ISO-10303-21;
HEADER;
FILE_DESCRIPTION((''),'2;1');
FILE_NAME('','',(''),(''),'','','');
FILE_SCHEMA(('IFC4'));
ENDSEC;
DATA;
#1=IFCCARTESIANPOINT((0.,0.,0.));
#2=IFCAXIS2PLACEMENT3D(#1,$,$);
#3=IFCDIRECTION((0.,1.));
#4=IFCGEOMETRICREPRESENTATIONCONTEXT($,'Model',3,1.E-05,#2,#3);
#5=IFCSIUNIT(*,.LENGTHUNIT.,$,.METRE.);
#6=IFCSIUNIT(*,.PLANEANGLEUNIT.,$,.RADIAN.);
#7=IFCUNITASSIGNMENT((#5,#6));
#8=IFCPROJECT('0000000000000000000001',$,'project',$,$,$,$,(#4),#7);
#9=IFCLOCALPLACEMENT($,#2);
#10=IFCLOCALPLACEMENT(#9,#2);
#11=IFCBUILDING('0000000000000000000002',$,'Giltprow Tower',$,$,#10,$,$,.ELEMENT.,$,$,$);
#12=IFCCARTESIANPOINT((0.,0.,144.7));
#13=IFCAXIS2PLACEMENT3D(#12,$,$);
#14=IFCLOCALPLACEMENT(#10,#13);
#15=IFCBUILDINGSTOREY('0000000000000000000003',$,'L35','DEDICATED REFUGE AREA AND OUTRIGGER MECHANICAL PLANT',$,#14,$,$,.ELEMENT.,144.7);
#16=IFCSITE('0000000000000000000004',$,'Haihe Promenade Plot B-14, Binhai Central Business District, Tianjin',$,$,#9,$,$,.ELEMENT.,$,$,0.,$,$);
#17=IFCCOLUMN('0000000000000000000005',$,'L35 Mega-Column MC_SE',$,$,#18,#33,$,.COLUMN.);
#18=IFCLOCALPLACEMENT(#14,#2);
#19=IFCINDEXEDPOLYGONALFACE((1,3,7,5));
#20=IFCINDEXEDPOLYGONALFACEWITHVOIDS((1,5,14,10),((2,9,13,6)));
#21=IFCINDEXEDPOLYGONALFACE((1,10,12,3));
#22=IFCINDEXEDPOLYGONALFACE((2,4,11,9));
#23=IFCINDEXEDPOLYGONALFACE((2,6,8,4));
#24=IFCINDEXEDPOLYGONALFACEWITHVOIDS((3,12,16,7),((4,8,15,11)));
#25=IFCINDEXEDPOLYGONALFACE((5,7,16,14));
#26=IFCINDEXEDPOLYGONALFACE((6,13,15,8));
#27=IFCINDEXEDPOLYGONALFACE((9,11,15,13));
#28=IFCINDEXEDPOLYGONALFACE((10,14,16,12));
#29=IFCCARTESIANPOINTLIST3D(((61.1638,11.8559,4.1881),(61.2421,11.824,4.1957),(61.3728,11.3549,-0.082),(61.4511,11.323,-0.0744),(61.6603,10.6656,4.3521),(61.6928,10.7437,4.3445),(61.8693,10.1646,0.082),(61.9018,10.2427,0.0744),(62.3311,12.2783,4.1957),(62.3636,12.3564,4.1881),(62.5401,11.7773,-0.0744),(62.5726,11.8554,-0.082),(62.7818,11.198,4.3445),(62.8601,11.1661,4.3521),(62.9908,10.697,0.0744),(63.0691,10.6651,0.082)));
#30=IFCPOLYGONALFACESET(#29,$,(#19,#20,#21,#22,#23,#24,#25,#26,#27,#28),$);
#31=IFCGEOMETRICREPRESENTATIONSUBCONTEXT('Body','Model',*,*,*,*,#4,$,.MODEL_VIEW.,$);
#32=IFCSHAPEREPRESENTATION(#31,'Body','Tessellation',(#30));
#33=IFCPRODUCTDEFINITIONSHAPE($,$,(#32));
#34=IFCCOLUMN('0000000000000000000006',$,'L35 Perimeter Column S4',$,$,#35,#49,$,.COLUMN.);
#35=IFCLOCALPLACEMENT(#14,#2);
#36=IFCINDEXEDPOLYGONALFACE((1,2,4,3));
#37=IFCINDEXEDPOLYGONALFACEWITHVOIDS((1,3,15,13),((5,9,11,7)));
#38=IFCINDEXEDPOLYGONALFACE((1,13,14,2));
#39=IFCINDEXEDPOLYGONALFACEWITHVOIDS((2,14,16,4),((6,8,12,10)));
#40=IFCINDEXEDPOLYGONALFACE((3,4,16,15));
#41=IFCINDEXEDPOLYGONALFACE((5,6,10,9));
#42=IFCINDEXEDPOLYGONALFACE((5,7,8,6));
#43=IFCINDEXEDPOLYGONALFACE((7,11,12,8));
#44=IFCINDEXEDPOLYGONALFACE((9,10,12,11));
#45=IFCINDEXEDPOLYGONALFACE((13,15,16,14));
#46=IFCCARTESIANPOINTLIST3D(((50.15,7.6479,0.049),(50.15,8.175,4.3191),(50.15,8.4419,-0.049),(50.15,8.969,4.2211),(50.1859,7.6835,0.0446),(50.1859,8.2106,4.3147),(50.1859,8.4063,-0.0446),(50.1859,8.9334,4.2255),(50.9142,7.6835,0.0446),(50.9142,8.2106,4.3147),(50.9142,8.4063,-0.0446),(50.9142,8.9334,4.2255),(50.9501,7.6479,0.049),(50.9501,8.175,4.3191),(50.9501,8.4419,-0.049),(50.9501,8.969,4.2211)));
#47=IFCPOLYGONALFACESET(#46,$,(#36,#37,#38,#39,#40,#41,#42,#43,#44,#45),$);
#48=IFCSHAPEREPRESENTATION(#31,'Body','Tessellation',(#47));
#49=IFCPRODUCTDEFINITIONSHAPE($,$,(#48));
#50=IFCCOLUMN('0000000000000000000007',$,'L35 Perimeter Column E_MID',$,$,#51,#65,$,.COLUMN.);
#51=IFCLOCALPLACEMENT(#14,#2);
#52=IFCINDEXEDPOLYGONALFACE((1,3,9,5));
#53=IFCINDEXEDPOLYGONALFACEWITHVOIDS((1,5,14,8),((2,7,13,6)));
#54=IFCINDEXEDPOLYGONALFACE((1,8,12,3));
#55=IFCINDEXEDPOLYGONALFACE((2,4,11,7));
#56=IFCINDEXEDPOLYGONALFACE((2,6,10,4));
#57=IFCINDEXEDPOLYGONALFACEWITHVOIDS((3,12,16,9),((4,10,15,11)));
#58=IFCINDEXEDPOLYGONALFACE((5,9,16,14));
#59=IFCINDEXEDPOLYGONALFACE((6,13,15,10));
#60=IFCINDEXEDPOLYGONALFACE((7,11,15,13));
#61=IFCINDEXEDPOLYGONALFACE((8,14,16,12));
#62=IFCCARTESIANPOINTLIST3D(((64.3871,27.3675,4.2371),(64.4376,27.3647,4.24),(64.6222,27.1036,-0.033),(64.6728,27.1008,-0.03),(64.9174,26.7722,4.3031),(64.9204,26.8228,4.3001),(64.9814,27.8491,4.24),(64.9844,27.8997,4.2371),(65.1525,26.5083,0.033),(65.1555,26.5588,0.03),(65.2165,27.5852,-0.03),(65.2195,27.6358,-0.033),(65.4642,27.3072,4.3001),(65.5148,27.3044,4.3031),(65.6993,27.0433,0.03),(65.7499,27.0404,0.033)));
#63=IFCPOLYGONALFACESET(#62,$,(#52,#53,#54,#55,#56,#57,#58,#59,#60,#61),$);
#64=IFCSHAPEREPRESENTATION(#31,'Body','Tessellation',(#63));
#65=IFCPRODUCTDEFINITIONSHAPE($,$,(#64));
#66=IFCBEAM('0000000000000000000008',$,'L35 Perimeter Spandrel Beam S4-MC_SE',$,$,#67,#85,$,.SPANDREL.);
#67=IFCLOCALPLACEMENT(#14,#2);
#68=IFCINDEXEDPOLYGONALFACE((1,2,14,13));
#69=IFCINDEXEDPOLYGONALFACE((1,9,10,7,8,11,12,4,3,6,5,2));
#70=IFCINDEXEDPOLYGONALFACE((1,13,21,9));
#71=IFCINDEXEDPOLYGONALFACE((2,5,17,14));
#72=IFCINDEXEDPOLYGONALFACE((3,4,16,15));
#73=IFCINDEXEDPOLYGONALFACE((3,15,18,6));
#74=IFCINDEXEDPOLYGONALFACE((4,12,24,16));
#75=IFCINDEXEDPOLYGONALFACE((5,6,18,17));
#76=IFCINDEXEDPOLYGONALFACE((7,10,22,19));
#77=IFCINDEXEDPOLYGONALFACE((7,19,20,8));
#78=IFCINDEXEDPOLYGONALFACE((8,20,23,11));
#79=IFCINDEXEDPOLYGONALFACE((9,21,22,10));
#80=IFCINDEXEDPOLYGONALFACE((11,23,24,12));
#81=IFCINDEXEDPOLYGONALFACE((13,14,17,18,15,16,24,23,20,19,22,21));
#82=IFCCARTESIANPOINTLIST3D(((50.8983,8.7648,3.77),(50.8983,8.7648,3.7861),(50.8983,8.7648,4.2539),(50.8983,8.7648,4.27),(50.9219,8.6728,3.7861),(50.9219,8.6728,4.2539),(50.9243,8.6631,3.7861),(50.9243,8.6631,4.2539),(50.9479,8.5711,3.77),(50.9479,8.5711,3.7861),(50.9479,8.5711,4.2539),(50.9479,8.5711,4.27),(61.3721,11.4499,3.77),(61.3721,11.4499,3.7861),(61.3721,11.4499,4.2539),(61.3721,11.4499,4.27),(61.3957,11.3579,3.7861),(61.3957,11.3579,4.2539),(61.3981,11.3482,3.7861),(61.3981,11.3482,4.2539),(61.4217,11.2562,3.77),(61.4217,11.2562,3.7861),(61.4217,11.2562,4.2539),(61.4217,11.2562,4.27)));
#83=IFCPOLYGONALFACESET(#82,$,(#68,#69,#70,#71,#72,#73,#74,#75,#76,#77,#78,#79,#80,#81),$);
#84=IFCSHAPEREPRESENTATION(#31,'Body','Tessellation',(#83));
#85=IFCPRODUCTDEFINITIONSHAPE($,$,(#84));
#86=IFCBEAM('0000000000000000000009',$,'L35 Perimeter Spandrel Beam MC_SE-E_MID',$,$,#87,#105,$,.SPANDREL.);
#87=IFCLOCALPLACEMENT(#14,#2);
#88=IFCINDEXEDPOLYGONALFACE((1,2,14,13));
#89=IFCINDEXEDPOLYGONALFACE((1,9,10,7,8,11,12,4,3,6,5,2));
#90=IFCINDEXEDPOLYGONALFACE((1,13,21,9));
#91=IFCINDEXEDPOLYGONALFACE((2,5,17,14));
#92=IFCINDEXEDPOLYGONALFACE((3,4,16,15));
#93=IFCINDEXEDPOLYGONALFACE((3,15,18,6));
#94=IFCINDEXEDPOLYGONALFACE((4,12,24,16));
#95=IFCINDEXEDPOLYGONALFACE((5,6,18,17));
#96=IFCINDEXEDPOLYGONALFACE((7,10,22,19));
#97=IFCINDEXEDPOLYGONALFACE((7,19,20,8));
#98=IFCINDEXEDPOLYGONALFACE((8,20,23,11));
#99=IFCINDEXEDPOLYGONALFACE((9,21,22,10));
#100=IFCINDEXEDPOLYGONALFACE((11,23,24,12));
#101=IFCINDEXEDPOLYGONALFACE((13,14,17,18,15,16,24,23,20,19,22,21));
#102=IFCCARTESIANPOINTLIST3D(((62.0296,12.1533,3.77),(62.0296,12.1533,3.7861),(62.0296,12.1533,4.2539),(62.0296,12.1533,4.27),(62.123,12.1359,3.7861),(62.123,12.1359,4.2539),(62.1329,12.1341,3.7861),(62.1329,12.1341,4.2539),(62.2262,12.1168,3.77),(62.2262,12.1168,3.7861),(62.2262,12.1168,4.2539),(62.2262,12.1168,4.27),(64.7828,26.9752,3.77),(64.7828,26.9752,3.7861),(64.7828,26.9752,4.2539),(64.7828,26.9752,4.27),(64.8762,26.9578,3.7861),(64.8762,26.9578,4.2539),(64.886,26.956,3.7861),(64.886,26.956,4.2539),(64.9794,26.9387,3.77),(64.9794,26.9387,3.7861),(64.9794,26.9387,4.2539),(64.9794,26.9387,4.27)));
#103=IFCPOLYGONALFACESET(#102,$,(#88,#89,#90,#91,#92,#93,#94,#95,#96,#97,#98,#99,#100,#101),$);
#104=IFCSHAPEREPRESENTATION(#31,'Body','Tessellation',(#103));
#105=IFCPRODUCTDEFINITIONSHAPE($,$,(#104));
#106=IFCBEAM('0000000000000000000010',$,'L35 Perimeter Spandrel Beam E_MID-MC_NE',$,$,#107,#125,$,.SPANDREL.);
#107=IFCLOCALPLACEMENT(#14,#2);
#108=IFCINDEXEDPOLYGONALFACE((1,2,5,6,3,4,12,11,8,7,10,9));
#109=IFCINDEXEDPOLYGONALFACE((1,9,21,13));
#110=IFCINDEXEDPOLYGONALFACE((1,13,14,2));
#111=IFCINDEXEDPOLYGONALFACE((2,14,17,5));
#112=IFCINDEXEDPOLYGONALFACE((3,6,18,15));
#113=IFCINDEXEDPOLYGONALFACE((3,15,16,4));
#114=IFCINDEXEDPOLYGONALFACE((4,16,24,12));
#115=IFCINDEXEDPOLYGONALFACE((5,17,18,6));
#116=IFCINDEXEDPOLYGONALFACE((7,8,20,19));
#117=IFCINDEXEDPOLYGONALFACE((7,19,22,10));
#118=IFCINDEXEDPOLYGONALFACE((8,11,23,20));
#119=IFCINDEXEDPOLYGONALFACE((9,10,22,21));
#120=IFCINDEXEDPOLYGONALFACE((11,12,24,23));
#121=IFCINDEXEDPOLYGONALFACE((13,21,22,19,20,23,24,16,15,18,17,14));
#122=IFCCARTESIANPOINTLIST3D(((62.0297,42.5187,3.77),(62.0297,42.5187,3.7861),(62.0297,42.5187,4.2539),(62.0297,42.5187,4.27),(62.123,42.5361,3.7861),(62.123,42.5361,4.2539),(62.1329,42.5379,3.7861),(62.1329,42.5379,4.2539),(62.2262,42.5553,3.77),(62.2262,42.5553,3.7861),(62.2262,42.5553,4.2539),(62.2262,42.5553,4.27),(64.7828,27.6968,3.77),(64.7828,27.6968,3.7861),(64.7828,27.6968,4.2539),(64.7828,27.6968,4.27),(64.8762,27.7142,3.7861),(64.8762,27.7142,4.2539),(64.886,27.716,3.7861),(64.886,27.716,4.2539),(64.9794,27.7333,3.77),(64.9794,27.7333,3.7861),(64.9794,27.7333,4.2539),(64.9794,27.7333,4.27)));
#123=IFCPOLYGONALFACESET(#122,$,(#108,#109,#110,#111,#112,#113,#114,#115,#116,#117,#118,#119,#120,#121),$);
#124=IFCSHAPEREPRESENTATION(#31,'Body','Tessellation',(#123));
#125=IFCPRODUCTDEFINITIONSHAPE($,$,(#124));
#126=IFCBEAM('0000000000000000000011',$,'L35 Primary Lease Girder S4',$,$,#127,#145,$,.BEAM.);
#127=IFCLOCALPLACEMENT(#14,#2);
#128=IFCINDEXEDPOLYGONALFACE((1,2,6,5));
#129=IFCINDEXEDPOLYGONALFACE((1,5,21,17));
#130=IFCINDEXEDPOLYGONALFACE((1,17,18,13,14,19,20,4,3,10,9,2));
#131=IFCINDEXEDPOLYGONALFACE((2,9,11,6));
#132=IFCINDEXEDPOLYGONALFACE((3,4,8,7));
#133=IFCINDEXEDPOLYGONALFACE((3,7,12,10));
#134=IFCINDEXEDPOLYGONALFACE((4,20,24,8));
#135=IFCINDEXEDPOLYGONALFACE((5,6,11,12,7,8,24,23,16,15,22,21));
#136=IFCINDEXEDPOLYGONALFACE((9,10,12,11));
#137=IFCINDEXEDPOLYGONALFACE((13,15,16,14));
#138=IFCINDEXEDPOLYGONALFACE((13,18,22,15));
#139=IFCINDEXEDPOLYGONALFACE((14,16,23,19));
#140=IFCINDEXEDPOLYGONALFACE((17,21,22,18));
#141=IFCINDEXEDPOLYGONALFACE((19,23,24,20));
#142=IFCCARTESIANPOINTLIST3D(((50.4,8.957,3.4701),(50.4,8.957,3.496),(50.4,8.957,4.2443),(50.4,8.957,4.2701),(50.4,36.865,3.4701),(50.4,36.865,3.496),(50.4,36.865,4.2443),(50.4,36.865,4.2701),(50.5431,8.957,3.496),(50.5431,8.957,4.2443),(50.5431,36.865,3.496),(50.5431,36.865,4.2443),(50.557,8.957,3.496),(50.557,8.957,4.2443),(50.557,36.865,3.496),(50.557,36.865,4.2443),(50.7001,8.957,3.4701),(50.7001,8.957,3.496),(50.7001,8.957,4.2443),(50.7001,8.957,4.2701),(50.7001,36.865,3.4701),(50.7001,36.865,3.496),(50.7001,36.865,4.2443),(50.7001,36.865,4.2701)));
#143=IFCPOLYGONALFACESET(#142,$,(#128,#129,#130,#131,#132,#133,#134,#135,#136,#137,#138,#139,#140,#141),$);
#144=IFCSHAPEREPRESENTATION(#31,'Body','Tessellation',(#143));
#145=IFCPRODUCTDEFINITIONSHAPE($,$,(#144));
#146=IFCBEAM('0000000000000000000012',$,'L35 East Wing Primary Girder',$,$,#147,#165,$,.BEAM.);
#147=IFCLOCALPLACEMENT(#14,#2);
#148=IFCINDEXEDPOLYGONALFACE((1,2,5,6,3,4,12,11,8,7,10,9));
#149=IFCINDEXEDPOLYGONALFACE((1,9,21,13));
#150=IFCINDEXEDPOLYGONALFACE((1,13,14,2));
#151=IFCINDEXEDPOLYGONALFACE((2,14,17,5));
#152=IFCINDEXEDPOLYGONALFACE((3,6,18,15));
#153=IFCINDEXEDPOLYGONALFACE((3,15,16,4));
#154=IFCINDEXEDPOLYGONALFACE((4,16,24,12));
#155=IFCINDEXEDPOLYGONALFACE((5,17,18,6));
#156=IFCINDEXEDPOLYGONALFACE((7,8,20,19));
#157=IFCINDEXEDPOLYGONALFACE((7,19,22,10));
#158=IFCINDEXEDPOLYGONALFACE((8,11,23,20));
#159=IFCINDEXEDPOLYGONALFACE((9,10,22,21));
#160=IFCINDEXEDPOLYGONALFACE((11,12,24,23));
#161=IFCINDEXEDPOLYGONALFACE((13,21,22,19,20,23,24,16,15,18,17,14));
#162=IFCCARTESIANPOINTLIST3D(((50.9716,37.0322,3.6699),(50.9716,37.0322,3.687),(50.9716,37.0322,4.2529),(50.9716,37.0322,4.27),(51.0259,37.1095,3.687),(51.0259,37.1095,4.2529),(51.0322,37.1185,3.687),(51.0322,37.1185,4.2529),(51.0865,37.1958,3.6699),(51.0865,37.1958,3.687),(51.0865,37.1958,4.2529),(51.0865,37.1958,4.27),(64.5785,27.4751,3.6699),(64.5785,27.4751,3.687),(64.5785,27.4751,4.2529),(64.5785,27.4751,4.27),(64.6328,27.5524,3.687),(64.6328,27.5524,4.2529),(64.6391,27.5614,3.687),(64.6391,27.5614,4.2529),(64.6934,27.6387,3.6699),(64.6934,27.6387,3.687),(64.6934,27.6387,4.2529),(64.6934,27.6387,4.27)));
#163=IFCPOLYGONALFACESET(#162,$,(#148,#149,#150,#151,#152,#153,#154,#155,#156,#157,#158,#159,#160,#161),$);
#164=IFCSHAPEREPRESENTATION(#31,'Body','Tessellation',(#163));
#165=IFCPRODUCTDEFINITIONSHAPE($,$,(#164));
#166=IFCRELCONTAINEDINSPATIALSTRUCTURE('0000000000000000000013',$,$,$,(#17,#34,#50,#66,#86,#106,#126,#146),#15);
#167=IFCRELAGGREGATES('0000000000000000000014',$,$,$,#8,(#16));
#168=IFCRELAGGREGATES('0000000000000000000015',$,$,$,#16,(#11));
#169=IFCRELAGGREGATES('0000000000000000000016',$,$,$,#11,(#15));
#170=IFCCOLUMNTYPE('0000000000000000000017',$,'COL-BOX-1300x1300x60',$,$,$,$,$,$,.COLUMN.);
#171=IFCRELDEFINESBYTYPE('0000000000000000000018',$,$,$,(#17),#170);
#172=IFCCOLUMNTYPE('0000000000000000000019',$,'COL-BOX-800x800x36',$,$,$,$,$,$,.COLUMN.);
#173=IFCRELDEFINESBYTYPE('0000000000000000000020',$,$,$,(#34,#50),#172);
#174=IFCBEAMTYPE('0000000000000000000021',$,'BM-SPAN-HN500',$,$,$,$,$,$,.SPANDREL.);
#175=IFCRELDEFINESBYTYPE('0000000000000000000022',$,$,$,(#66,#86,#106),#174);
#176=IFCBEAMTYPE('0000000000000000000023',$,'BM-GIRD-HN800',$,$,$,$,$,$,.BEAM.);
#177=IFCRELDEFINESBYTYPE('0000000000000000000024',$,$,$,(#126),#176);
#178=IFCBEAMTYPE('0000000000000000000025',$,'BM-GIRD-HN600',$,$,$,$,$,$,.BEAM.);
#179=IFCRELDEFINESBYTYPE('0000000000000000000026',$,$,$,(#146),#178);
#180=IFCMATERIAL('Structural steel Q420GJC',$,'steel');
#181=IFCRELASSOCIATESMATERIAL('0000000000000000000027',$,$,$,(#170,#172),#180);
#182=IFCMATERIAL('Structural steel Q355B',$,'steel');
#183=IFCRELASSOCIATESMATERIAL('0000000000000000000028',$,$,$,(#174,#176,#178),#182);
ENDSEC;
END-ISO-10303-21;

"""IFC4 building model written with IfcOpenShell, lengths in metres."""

from ifc_helpers import new_model, si_unit, direction, frame, origin, origin_2d, place, context, subcontext, project, spatial, hollow_rectangle, i_section, extrude, source, transform, mapped, material, material_profile, profile_set, type_object, element, save


model = new_model("IFC4")

# Units and contexts
model_context = context("Model", 3, precision=1e-05, world=origin(), true_north=direction((0.0, 1.0)))
body_context = subcontext(model_context, "Body", "Model", "MODEL_VIEW")
ifc_project = project(units=[si_unit("LENGTHUNIT", "METRE"), si_unit("PLANEANGLEUNIT", "RADIAN")], contexts=[model_context])

# Site, building, storey
site_placement = place(None, origin())
site = spatial("IfcSite", under=ifc_project, at=site_placement, Name="Haihe Promenade Plot B-14, Binhai Central Business District, Tianjin", CompositionType="ELEMENT", RefElevation=0.0)
building_placement = place(site_placement, origin())
building = spatial("IfcBuilding", under=site, at=building_placement, Name="Giltprow Tower", CompositionType="ELEMENT")
storey_placement = place(building_placement, frame((0.0, 0.0, 144.7)))
storey = spatial("IfcBuildingStorey", under=building, at=storey_placement, Name="L35", Description="DEDICATED REFUGE AREA AND OUTRIGGER MECHANICAL PLANT", CompositionType="ELEMENT", Elevation=144.7)

# Columns
ifc_material_1 = material(Name="Structural steel Q420GJC", Category="steel")
ifc_material_profile_1 = material_profile(ifc_material_1, hollow_rectangle(XDim=1.3, YDim=1.3, WallThickness=0.0601, at=origin_2d()), Name="BOX 1300x1300x60")
ifc_profile_set_1 = profile_set([ifc_material_profile_1], Name="Structural steel Q420GJC")
column_type_1 = type_object("IfcColumnType", Name="COL-BOX-1300x1300x60", PredefinedType="COLUMN", material=ifc_profile_set_1)
shared_shape_1 = source(origin(), body_context, "Body", "SweptSolid", [
    extrude(hollow_rectangle(XDim=1.3, YDim=1.3, WallThickness=0.0601, at=origin_2d()), origin(), (0.0, 0.0, 1.0), 4.3044),
])
column_1_placement = place(storey_placement, frame((62.2209, 11.01, 0.0), z_axis=(-0.048552, 0.116388, 0.992016), x_axis=(-0.922917, -0.384999, 0.0)))
element("IfcColumn", 1, at=column_1_placement, inside=storey, type_object=column_type_1, Name="L35 Mega-Column MC_SE", PredefinedType="COLUMN", context=body_context, shape_type="MappedRepresentation", body=[
    mapped(shared_shape_1, transform((0.0, 0.0, 0.0), x_axis=(1.0, 0.0, 0.0), y_axis=(0.0, 1.0, 0.0), z_axis=(0.0, 0.0, 1.0), scale=1.0)),
])
ifc_material_profile_2 = material_profile(ifc_material_1, hollow_rectangle(XDim=0.8, YDim=0.8, WallThickness=0.0359, at=origin_2d()), Name="BOX 800x800x36")
ifc_profile_set_2 = profile_set([ifc_material_profile_2], Name="Structural steel Q420GJC")
column_type_2 = type_object("IfcColumnType", Name="COL-BOX-800x800x36", PredefinedType="COLUMN", material=ifc_profile_set_2)
shared_shape_2 = source(origin(), body_context, "Body", "SweptSolid", [
    extrude(hollow_rectangle(XDim=0.8, YDim=0.8, WallThickness=0.0359, at=origin_2d()), origin(), (0.0, 0.0, 1.0), 4.3025),
])
column_2_placement = place(storey_placement, frame((50.55, 8.0449, 0.0), z_axis=(0.0, 0.122512, 0.992467), x_axis=(-1.0, 0.0, 0.0)))
element("IfcColumn", 2, at=column_2_placement, inside=storey, type_object=column_type_2, Name="L35 Perimeter Column S4", PredefinedType="COLUMN", context=body_context, shape_type="MappedRepresentation", body=[
    mapped(shared_shape_2, transform((0.0, 0.0, 0.0), x_axis=(1.0, 0.0, 0.0), y_axis=(0.0, 1.0, 0.0), z_axis=(0.0, 0.0, 1.0), scale=1.0)),
])
shared_shape_3 = source(origin(), body_context, "Body", "SweptSolid", [
    extrude(hollow_rectangle(XDim=0.8, YDim=0.8, WallThickness=0.0359, at=origin_2d()), origin(), (0.0, 0.0, 1.0), 4.2847),
])
column_3_placement = place(storey_placement, frame((65.186, 27.072, 0.0), z_axis=(-0.054872, 0.061596, 0.996592), x_axis=(-0.746685, -0.665178, 0.0)))
element("IfcColumn", 3, at=column_3_placement, inside=storey, type_object=column_type_2, Name="L35 Perimeter Column E_MID", PredefinedType="COLUMN", context=body_context, shape_type="MappedRepresentation", body=[
    mapped(shared_shape_3, transform((0.0, 0.0, 0.0), x_axis=(1.0, 0.0, 0.0), y_axis=(0.0, 1.0, 0.0), z_axis=(0.0, 0.0, 1.0), scale=1.0)),
])

# Beams
ifc_material_2 = material(Name="Structural steel Q355B", Category="steel")
ifc_material_profile_3 = material_profile(ifc_material_2, i_section(OverallWidth=0.2, OverallDepth=0.5, WebThickness=0.01, FlangeThickness=0.0161, at=origin_2d()), Name="HN 500x200x10x16")
ifc_profile_set_3 = profile_set([ifc_material_profile_3], Name="Structural steel Q355B")
beam_type_1 = type_object("IfcBeamType", Name="BM-SPAN-HN500", PredefinedType="SPANDREL", material=ifc_profile_set_3)
shared_shape_4 = source(origin(), body_context, "Body", "SweptSolid", [
    extrude(i_section(OverallWidth=0.2, OverallDepth=0.5, WebThickness=0.01, FlangeThickness=0.0161, at=origin_2d()), origin(), (0.0, 0.0, 1.0), 10.8125),
])
beam_1_placement = place(storey_placement, frame((50.9231, 8.668, 4.02), z_axis=(0.968676, 0.248328, 0.0), x_axis=(-0.248328, 0.968676, 0.0)))
element("IfcBeam", 4, at=beam_1_placement, inside=storey, type_object=beam_type_1, Name="L35 Perimeter Spandrel Beam S4-MC_SE", PredefinedType="SPANDREL", context=body_context, shape_type="MappedRepresentation", body=[
    mapped(shared_shape_4, transform((0.0, 0.0, 0.0), x_axis=(1.0, 0.0, 0.0), y_axis=(0.0, 1.0, 0.0), z_axis=(0.0, 0.0, 1.0), scale=1.0)),
])
shared_shape_5 = source(origin(), body_context, "Body", "SweptSolid", [
    extrude(i_section(OverallWidth=0.2, OverallDepth=0.5, WebThickness=0.01, FlangeThickness=0.0161, at=origin_2d()), origin(), (0.0, 0.0, 1.0), 15.0754),
])
for number, where, z_axis, x_axis, name in (
    (5, (62.1279, 12.135, 4.02), (0.182625, 0.983183, 0.0), (-0.983183, 0.182625, 0.0), "L35 Perimeter Spandrel Beam MC_SE-E_MID"),
    (6, (64.8811, 27.7151, 4.02), (-0.182625, 0.983183, 0.0), (-0.983183, -0.182625, 0.0), "L35 Perimeter Spandrel Beam E_MID-MC_NE"),
):
    element("IfcBeam", number, at=place(storey_placement, frame(where, z_axis=z_axis, x_axis=x_axis)), inside=storey, type_object=beam_type_1, Name=name, PredefinedType="SPANDREL", context=body_context, shape_type="MappedRepresentation", body=[
        mapped(shared_shape_5, transform((0.0, 0.0, 0.0), x_axis=(1.0, 0.0, 0.0), y_axis=(0.0, 1.0, 0.0), z_axis=(0.0, 0.0, 1.0), scale=1.0)),
    ])
ifc_material_profile_4 = material_profile(ifc_material_2, i_section(OverallWidth=0.3, OverallDepth=0.8, WebThickness=0.0139, FlangeThickness=0.0259, at=origin_2d()), Name="HN 800x300x14x26")
ifc_profile_set_4 = profile_set([ifc_material_profile_4], Name="Structural steel Q355B")
beam_type_2 = type_object("IfcBeamType", Name="BM-GIRD-HN800", PredefinedType="BEAM", material=ifc_profile_set_4)
shared_shape_6 = source(origin(), body_context, "Body", "SweptSolid", [
    extrude(i_section(OverallWidth=0.3, OverallDepth=0.8, WebThickness=0.0139, FlangeThickness=0.0259, at=origin_2d()), origin(), (0.0, 0.0, 1.0), 27.908),
])
beam_2_placement = place(storey_placement, frame((50.55, 8.957, 3.8701), z_axis=(0.0, 1.0, 0.0), x_axis=(-1.0, 0.0, 0.0)))
element("IfcBeam", 7, at=beam_2_placement, inside=storey, type_object=beam_type_2, Name="L35 Primary Lease Girder S4", PredefinedType="BEAM", context=body_context, shape_type="MappedRepresentation", body=[
    mapped(shared_shape_6, transform((0.0, 0.0, 0.0), x_axis=(1.0, 0.0, 0.0), y_axis=(0.0, 1.0, 0.0), z_axis=(0.0, 0.0, 1.0), scale=1.0)),
])
ifc_material_profile_5 = material_profile(ifc_material_2, i_section(OverallWidth=0.2, OverallDepth=0.6001, WebThickness=0.011, FlangeThickness=0.0171, at=origin_2d()), Name="HN 600x200x11x17")
ifc_profile_set_5 = profile_set([ifc_material_profile_5], Name="Structural steel Q355B")
beam_type_3 = type_object("IfcBeamType", Name="BM-GIRD-HN600", PredefinedType="BEAM", material=ifc_profile_set_5)
shared_shape_7 = source(origin(), body_context, "Body", "SweptSolid", [
    extrude(i_section(OverallWidth=0.2, OverallDepth=0.6001, WebThickness=0.011, FlangeThickness=0.0171, at=origin_2d()), origin(), (0.0, 0.0, 1.0), 16.6279),
])
beam_3_placement = place(storey_placement, frame((64.636, 27.5569, 3.97), z_axis=(-0.818319, 0.574764, 0.0), x_axis=(-0.574764, -0.818319, 0.0)))
element("IfcBeam", 8, at=beam_3_placement, inside=storey, type_object=beam_type_3, Name="L35 East Wing Primary Girder", PredefinedType="BEAM", context=body_context, shape_type="MappedRepresentation", body=[
    mapped(shared_shape_7, transform((0.0, 0.0, 0.0), x_axis=(1.0, 0.0, 0.0), y_axis=(0.0, 1.0, 0.0), z_axis=(0.0, 0.0, 1.0), scale=1.0)),
])

save(model, "model.ifc")
